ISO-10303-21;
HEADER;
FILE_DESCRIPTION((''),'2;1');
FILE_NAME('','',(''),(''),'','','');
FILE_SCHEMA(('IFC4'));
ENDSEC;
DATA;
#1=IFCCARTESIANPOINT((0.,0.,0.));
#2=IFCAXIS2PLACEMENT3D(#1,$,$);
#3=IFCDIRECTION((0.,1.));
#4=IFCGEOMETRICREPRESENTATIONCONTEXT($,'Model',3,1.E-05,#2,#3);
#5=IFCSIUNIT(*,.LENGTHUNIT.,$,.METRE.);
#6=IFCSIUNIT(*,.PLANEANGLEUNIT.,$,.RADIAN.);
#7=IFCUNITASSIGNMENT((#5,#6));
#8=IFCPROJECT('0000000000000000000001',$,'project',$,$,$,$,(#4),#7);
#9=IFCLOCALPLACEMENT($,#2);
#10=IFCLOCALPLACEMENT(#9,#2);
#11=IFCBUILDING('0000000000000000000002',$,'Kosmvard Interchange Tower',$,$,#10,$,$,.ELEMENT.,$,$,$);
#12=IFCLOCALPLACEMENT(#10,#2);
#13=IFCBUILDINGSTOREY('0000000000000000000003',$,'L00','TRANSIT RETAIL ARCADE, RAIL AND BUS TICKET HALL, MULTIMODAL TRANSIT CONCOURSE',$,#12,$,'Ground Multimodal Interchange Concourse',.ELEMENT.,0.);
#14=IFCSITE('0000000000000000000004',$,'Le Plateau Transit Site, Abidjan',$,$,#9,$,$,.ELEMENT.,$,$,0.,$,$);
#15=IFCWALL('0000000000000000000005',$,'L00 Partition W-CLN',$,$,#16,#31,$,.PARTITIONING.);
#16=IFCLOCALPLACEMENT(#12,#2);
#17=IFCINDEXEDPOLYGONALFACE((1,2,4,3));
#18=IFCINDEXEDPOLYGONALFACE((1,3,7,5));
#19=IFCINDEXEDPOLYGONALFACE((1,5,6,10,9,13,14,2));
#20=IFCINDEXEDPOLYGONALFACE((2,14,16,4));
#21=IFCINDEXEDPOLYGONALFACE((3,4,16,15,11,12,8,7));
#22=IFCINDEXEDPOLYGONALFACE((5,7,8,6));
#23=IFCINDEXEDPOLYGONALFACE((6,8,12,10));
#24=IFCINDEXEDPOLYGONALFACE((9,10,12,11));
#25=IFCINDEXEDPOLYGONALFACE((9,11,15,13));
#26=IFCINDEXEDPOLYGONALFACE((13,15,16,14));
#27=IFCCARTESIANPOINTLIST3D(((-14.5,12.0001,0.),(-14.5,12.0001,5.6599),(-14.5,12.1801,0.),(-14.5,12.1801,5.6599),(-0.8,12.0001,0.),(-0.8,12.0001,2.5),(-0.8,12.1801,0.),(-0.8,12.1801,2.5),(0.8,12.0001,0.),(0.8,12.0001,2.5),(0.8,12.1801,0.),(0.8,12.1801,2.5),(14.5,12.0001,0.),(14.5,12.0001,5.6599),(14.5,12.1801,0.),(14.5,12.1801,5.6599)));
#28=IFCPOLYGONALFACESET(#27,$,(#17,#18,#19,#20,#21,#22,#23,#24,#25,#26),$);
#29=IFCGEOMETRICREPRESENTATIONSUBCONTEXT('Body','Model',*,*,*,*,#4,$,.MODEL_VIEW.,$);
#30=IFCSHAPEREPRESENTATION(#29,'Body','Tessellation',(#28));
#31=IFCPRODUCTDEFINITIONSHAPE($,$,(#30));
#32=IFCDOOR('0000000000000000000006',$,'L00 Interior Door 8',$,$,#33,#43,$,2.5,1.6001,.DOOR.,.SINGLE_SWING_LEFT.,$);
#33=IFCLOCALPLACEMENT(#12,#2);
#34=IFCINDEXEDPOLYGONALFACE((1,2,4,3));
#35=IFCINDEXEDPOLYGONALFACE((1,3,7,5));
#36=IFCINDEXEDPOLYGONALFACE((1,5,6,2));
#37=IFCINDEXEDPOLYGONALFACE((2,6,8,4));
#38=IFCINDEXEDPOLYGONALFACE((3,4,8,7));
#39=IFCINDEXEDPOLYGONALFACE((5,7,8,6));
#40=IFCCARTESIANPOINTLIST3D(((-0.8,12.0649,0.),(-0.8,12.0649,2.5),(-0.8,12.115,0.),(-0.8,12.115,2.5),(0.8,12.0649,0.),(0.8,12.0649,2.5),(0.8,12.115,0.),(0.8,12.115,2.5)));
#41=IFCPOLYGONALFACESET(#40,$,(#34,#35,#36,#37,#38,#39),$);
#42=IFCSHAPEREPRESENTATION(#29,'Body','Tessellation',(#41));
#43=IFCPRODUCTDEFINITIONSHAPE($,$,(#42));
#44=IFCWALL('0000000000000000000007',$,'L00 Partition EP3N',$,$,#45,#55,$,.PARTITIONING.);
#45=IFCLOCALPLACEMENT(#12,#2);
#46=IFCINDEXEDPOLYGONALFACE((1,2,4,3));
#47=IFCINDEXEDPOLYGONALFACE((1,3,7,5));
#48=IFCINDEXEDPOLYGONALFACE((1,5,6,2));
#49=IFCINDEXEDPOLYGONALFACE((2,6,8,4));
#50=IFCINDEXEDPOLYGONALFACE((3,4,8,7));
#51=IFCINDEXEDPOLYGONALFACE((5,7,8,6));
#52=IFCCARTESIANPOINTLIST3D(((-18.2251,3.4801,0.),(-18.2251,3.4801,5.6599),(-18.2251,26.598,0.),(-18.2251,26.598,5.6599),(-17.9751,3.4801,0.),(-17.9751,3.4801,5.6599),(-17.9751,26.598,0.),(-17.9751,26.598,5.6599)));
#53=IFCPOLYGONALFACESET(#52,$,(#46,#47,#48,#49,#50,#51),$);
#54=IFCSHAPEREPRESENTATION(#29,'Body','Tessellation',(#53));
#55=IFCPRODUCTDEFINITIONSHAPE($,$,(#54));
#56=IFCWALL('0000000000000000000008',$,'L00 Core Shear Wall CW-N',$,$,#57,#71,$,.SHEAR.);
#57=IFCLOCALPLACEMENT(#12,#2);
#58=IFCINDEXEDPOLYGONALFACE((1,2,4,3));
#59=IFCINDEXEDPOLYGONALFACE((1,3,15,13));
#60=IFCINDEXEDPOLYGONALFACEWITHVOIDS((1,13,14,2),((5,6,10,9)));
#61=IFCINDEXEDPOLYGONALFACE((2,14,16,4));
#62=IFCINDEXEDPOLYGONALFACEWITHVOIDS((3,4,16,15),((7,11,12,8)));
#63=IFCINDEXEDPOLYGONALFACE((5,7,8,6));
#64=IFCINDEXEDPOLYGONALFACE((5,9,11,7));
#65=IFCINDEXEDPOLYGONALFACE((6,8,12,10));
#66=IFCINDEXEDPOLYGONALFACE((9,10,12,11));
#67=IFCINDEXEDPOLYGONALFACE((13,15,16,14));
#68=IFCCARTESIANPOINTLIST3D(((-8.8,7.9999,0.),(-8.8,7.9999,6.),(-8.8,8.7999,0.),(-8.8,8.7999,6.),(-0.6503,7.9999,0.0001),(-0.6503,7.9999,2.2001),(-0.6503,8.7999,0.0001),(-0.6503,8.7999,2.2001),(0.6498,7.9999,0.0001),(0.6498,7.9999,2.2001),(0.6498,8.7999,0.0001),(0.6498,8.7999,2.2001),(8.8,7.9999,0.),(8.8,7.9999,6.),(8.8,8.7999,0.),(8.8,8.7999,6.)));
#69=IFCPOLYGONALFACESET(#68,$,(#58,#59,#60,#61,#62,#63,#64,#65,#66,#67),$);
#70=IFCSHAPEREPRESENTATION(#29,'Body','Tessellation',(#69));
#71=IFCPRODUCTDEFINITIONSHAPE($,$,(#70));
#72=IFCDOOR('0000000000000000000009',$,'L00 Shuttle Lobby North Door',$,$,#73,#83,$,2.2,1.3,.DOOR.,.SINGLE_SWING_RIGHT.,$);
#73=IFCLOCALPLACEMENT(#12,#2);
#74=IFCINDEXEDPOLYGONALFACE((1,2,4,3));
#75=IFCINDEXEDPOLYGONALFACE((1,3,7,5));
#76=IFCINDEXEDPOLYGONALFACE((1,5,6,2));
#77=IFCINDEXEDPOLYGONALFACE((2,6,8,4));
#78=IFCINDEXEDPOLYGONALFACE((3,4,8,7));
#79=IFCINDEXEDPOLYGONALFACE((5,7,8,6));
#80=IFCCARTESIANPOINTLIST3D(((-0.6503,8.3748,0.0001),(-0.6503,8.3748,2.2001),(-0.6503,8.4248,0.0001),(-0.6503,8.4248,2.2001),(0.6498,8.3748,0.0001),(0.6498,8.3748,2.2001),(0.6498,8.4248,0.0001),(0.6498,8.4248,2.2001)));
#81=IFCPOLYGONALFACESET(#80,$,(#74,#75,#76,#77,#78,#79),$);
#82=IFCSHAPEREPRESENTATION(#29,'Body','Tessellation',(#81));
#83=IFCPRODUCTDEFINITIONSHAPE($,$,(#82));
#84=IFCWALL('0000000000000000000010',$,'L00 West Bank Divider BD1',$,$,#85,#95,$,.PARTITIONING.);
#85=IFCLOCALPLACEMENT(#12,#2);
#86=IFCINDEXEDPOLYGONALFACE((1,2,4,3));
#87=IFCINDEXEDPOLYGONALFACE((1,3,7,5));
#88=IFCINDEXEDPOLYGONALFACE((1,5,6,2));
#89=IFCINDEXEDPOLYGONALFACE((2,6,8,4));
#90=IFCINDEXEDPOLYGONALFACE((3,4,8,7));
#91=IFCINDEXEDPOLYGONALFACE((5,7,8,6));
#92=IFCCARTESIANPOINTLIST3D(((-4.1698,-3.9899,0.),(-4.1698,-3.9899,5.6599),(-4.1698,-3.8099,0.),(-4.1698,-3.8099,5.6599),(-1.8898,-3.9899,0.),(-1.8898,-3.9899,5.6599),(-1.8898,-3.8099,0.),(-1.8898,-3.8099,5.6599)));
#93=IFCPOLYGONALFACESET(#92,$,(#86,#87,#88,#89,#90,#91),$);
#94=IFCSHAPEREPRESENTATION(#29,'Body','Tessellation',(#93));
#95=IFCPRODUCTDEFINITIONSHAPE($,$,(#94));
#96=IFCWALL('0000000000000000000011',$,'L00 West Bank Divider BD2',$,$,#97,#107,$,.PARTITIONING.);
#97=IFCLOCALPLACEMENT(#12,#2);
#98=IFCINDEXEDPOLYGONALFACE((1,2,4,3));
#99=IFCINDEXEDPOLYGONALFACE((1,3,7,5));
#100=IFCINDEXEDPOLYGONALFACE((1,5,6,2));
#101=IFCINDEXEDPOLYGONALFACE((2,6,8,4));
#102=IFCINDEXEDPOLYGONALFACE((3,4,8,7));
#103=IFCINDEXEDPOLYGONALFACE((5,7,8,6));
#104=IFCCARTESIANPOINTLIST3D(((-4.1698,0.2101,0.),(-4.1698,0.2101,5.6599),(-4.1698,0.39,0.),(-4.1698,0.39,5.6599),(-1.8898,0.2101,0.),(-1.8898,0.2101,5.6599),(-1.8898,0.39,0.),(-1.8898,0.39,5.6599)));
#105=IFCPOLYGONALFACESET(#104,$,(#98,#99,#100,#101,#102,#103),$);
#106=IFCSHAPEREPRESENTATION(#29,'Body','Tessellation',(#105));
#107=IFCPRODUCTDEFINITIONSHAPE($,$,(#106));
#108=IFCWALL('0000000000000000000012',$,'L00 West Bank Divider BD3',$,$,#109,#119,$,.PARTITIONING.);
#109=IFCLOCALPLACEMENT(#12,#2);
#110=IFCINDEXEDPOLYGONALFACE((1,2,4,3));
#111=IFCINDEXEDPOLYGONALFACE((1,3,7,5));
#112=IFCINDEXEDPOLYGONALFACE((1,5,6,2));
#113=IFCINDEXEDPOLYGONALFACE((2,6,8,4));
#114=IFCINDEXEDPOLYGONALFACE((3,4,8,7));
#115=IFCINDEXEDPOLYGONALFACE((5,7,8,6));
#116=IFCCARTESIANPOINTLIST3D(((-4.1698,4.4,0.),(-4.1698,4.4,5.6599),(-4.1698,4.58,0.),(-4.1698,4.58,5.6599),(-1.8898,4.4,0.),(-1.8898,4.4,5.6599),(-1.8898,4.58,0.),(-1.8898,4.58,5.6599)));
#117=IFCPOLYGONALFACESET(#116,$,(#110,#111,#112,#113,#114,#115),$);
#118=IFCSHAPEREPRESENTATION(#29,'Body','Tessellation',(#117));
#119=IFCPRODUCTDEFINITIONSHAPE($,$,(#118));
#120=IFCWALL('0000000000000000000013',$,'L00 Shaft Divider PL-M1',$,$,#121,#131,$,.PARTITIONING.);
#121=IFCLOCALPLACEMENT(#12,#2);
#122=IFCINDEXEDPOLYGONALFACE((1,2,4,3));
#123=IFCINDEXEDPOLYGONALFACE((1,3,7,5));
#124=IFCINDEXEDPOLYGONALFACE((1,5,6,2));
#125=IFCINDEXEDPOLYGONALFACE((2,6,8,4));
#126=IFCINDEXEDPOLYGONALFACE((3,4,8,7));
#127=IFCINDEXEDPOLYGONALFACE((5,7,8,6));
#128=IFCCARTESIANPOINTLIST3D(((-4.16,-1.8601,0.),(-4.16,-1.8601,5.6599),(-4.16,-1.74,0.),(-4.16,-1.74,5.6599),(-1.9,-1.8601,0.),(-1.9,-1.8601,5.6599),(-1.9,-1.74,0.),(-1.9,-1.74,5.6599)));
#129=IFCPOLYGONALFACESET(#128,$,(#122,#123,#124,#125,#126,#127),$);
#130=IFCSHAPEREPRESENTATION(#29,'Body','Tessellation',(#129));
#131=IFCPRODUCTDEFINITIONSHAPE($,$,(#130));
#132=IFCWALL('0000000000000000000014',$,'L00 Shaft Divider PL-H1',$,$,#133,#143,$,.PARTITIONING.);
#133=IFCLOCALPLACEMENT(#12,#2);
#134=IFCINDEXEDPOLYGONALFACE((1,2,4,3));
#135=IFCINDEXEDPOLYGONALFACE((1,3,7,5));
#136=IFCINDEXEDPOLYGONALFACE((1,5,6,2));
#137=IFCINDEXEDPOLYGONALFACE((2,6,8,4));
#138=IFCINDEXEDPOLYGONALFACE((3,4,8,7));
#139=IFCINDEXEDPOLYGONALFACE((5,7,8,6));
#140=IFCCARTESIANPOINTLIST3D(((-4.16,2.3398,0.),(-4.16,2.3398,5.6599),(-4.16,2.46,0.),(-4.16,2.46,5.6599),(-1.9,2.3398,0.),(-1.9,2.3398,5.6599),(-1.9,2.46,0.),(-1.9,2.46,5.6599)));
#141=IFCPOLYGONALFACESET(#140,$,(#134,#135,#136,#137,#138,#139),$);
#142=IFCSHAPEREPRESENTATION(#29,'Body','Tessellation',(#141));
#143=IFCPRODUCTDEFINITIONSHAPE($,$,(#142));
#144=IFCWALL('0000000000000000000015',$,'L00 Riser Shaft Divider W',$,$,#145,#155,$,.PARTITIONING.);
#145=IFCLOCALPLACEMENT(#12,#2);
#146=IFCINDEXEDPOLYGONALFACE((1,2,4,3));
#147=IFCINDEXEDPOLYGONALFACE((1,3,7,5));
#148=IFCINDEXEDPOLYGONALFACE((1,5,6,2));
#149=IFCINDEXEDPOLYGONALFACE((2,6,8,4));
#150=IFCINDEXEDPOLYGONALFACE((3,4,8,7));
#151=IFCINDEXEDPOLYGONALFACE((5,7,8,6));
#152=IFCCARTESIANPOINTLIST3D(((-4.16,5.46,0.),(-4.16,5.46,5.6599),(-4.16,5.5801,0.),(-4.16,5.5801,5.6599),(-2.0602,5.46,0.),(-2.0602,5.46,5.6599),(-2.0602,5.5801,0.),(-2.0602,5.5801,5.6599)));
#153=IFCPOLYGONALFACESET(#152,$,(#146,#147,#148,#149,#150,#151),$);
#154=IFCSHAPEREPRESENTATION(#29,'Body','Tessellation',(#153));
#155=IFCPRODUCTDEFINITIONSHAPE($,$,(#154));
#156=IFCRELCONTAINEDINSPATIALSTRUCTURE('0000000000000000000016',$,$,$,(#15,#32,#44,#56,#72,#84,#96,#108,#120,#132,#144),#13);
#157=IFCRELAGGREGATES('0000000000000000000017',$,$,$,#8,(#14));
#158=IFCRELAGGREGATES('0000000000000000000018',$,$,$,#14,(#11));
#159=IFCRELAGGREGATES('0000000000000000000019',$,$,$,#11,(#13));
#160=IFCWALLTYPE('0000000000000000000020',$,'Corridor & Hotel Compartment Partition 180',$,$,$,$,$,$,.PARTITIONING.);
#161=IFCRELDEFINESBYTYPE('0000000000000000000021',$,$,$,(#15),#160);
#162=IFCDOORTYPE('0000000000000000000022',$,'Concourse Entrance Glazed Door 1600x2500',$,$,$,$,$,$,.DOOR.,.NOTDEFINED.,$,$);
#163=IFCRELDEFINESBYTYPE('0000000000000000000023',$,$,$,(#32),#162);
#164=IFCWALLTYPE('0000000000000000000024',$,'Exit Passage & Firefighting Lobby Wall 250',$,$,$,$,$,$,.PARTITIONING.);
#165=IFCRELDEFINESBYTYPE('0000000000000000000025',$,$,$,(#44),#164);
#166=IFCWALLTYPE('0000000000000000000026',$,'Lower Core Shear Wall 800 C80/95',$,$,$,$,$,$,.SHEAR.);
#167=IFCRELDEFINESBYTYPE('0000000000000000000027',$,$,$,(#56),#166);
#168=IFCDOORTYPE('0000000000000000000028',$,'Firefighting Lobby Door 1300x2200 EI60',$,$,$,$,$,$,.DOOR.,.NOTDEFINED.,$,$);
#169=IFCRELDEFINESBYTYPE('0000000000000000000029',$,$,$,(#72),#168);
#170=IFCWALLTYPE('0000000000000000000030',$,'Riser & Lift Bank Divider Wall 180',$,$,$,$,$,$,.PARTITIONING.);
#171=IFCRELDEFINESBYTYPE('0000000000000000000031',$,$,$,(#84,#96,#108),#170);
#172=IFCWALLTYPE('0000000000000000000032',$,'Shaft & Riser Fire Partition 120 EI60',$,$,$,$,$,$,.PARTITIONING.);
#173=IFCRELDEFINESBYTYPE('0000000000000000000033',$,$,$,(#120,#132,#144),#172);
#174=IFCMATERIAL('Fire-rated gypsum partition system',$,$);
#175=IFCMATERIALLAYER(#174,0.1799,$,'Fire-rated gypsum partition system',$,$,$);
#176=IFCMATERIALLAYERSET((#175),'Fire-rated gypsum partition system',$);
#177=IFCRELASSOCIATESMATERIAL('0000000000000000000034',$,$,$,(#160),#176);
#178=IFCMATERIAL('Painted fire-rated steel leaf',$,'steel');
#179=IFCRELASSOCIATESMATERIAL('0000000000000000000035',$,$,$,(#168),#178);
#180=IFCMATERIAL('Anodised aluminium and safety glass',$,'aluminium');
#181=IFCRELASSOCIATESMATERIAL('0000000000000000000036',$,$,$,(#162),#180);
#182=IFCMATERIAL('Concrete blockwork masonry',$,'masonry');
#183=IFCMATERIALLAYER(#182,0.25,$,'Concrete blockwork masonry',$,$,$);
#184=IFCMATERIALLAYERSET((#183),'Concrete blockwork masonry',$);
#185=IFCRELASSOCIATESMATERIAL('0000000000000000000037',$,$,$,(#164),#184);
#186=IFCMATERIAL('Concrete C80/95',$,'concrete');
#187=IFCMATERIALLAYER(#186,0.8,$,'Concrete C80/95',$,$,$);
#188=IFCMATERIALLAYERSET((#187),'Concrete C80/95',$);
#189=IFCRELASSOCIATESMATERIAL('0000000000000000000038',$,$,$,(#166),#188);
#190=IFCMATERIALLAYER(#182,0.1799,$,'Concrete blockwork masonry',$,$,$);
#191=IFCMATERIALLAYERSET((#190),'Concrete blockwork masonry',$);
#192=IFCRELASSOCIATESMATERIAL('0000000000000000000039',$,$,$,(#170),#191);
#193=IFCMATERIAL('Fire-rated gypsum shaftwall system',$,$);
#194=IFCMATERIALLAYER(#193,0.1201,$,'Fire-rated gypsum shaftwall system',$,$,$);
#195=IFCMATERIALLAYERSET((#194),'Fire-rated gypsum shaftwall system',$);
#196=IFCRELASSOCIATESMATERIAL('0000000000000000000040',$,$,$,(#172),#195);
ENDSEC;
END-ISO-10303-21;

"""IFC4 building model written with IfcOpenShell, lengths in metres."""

from ifc_helpers import new_model, si_unit, direction, frame, frame_2d, origin, place, context, subcontext, project, spatial, rectangle, extrude, source, transform, mapped, material, layer, layer_set, type_object, element, fill, save


model = new_model("IFC4")

# Units and contexts
model_context = context("Model", 3, precision=1e-05, world=origin(), true_north=direction((0.0, 1.0)))
body_context = subcontext(model_context, "Body", "Model", "MODEL_VIEW")
ifc_project = project(units=[si_unit("LENGTHUNIT", "METRE"), si_unit("PLANEANGLEUNIT", "RADIAN")], contexts=[model_context])

# Site, building, storey
site_placement = place(None, origin())
site = spatial("IfcSite", under=ifc_project, at=site_placement, Name="Le Plateau Transit Site, Abidjan", CompositionType="ELEMENT", RefElevation=0.0)
building_placement = place(site_placement, origin())
building = spatial("IfcBuilding", under=site, at=building_placement, Name="Kosmvard Interchange Tower", CompositionType="ELEMENT")
storey_placement = place(building_placement, origin())
storey = spatial("IfcBuildingStorey", under=building, at=storey_placement, Name="L00", Description="TRANSIT RETAIL ARCADE, RAIL AND BUS TICKET HALL, MULTIMODAL TRANSIT CONCOURSE", LongName="Ground Multimodal Interchange Concourse", CompositionType="ELEMENT", Elevation=0.0)

# Shared definitions
ifc_material_1 = material(Name="Concrete C80/95", Category="concrete")

# Wall, opening, door
ifc_material_2 = material(Name="Fire-rated gypsum partition system")
ifc_layer_1 = layer(ifc_material_2, 0.1799, Name="Fire-rated gypsum partition system")
ifc_layer_set_1 = layer_set([ifc_layer_1], Name="Fire-rated gypsum partition system")
wall_type_1 = type_object("IfcWallType", Name="Corridor & Hotel Compartment Partition 180", PredefinedType="PARTITIONING", material=ifc_layer_set_1)
ifc_material_3 = material(Name="Painted fire-rated steel leaf", Category="steel")
door_type_1 = type_object("IfcDoorType", Name="Firefighting Lobby Door 1300x2200 EI60", OperationType="NOTDEFINED", PredefinedType="DOOR", material=ifc_material_3)
shared_shape_1 = source(origin(), body_context, "Body", "SweptSolid", [
    extrude(rectangle(XDim=1.3, YDim=2.2, at=frame_2d((0.6499, 1.1001))), frame((0.0, 0.0249, 0.0), z_axis=(0.0, -1.0, 0.0), x_axis=(1.0, 0.0, 0.0)), (0.0, 0.0, 1.0), 0.05),
])
wall_1_placement = place(storey_placement, frame((-14.5, 12.0901, 0.0), z_axis=(0.0, 0.0, 1.0), x_axis=(1.0, 0.0, 0.0)))
wall_1 = element("IfcWall", 1, at=wall_1_placement, inside=storey, type_object=wall_type_1, Name="L00 Partition W-CLN", PredefinedType="PARTITIONING", context=body_context, shape_type="SweptSolid", body=[
    extrude(rectangle(XDim=29.0, YDim=0.1799, at=frame_2d((14.5, 0.0))), origin(), (0.0, 0.0, 1.0), 5.6599),
])
opening_1_placement = place(wall_1_placement, frame((13.7, 0.0, 0.0)))
opening_1 = element("IfcOpeningElement", 2, at=opening_1_placement, cuts=wall_1, PredefinedType="OPENING", context=body_context, shape_type="SweptSolid", body=[
    extrude(rectangle(XDim=1.6001, YDim=2.5, at=frame_2d((0.8, 1.25))), frame((0.0, 0.1001, 0.0), z_axis=(0.0, -1.0, 0.0), x_axis=(1.0, 0.0, 0.0)), (0.0, 0.0, 1.0), 0.2),
])
ifc_material_4 = material(Name="Anodised aluminium and safety glass", Category="aluminium")
door_type_2 = type_object("IfcDoorType", Name="Concourse Entrance Glazed Door 1600x2500", OperationType="NOTDEFINED", PredefinedType="DOOR", material=ifc_material_4)
shared_shape_2 = source(origin(), body_context, "Body", "SweptSolid", [
    extrude(rectangle(XDim=1.6001, YDim=2.5, at=frame_2d((0.8, 1.25))), frame((0.0, 0.0249, 0.0), z_axis=(0.0, -1.0, 0.0), x_axis=(1.0, 0.0, 0.0)), (0.0, 0.0, 1.0), 0.05),
])
door_1_placement = place(opening_1_placement, origin())
door_1 = element("IfcDoor", 3, at=door_1_placement, inside=storey, type_object=door_type_2, Name="L00 Interior Door 8", OperationType="SINGLE_SWING_LEFT", OverallHeight=2.5, OverallWidth=1.6001, PredefinedType="DOOR", context=body_context, shape_type="MappedRepresentation", body=[
    mapped(shared_shape_2, transform((0.0, 0.0, 0.0), scale=1.0)),
])
fill(opening_1, door_1)

# Wall
ifc_material_5 = material(Name="Concrete blockwork masonry", Category="masonry")
ifc_layer_2 = layer(ifc_material_5, 0.25, Name="Concrete blockwork masonry")
ifc_layer_set_2 = layer_set([ifc_layer_2], Name="Concrete blockwork masonry")
wall_type_2 = type_object("IfcWallType", Name="Exit Passage & Firefighting Lobby Wall 250", PredefinedType="PARTITIONING", material=ifc_layer_set_2)
wall_2_placement = place(storey_placement, frame((-18.1001, 3.48, 0.0), z_axis=(0.0, 0.0, 1.0), x_axis=(0.0, 1.0, 0.0)))
element("IfcWall", 4, at=wall_2_placement, inside=storey, type_object=wall_type_2, Name="L00 Partition EP3N", PredefinedType="PARTITIONING", context=body_context, shape_type="SweptSolid", body=[
    extrude(rectangle(XDim=23.1179, YDim=0.25, at=frame_2d((11.5591, 0.0))), origin(), (0.0, 0.0, 1.0), 5.6599),
])

# Wall, opening, door
ifc_layer_3 = layer(ifc_material_1, 0.8, Name="Concrete C80/95")
ifc_layer_set_3 = layer_set([ifc_layer_3], Name="Concrete C80/95")
wall_type_3 = type_object("IfcWallType", Name="Lower Core Shear Wall 800 C80/95", PredefinedType="SHEAR", material=ifc_layer_set_3)
wall_3_placement = place(storey_placement, frame((-8.8, 8.3999, 0.0), z_axis=(0.0, 0.0, 1.0), x_axis=(1.0, 0.0, 0.0)))
wall_3 = element("IfcWall", 5, at=wall_3_placement, inside=storey, type_object=wall_type_3, Name="L00 Core Shear Wall CW-N", PredefinedType="SHEAR", context=body_context, shape_type="SweptSolid", body=[
    extrude(rectangle(XDim=17.6001, YDim=0.8, at=frame_2d((8.8, 0.0))), origin(), (0.0, 0.0, 1.0), 6.0),
])
opening_2_placement = place(wall_3_placement, frame((8.1499, 0.0, 0.0)))
opening_2 = element("IfcOpeningElement", 6, at=opening_2_placement, cuts=wall_3, PredefinedType="OPENING", context=body_context, shape_type="SweptSolid", body=[
    extrude(rectangle(XDim=1.3, YDim=2.2, at=frame_2d((0.6499, 1.1001))), frame((0.0, 0.4102, 0.0), z_axis=(0.0, -1.0, 0.0), x_axis=(1.0, 0.0, 0.0)), (0.0, 0.0, 1.0), 0.8201),
])
door_2_placement = place(opening_2_placement, origin())
door_2 = element("IfcDoor", 7, at=door_2_placement, inside=storey, type_object=door_type_1, Name="L00 Shuttle Lobby North Door", OperationType="SINGLE_SWING_RIGHT", OverallHeight=2.2, OverallWidth=1.3, PredefinedType="DOOR", context=body_context, shape_type="MappedRepresentation", body=[
    mapped(shared_shape_1, transform((0.0, 0.0, 0.0), scale=1.0)),
])
fill(opening_2, door_2)

# Walls
ifc_layer_4 = layer(ifc_material_5, 0.1799, Name="Concrete blockwork masonry")
ifc_layer_set_4 = layer_set([ifc_layer_4], Name="Concrete blockwork masonry")
wall_type_4 = type_object("IfcWallType", Name="Riser & Lift Bank Divider Wall 180", PredefinedType="PARTITIONING", material=ifc_layer_set_4)
for number, where, z_axis, x_axis, name in (
    (8, (-4.1699, -3.8999, 0.0), (0.0, 0.0, 1.0), (1.0, 0.0, 0.0), "L00 West Bank Divider BD1"),
    (9, (-4.1699, 0.3, 0.0), (0.0, 0.0, 1.0), (1.0, 0.0, 0.0), "L00 West Bank Divider BD2"),
    (10, (-4.1699, 4.49, 0.0), (0.0, 0.0, 1.0), (1.0, 0.0, 0.0), "L00 West Bank Divider BD3"),
):
    element("IfcWall", number, at=place(storey_placement, frame(where, z_axis=z_axis, x_axis=x_axis)), inside=storey, type_object=wall_type_4, Name=name, PredefinedType="PARTITIONING", context=body_context, shape_type="SweptSolid", body=[
        extrude(rectangle(XDim=2.28, YDim=0.1799, at=frame_2d((1.1401, 0.0))), origin(), (0.0, 0.0, 1.0), 5.6599),
    ])
ifc_material_6 = material(Name="Fire-rated gypsum shaftwall system")
ifc_layer_5 = layer(ifc_material_6, 0.1201, Name="Fire-rated gypsum shaftwall system")
ifc_layer_set_5 = layer_set([ifc_layer_5], Name="Fire-rated gypsum shaftwall system")
wall_type_5 = type_object("IfcWallType", Name="Shaft & Riser Fire Partition 120 EI60", PredefinedType="PARTITIONING", material=ifc_layer_set_5)
for number, where, z_axis, x_axis, name in (
    (11, (-4.1599, -1.8, 0.0), (0.0, 0.0, 1.0), (1.0, 0.0, 0.0), "L00 Shaft Divider PL-M1"),
    (12, (-4.1599, 2.3999, 0.0), (0.0, 0.0, 1.0), (1.0, 0.0, 0.0), "L00 Shaft Divider PL-H1"),
):
    element("IfcWall", number, at=place(storey_placement, frame(where, z_axis=z_axis, x_axis=x_axis)), inside=storey, type_object=wall_type_5, Name=name, PredefinedType="PARTITIONING", context=body_context, shape_type="SweptSolid", body=[
        extrude(rectangle(XDim=2.26, YDim=0.1201, at=frame_2d((1.1299, 0.0))), origin(), (0.0, 0.0, 1.0), 5.6599),
    ])
wall_4_placement = place(storey_placement, frame((-4.1599, 5.52, 0.0), z_axis=(0.0, 0.0, 1.0), x_axis=(1.0, 0.0, 0.0)))
element("IfcWall", 13, at=wall_4_placement, inside=storey, type_object=wall_type_5, Name="L00 Riser Shaft Divider W", PredefinedType="PARTITIONING", context=body_context, shape_type="SweptSolid", body=[
    extrude(rectangle(XDim=2.0999, YDim=0.1201, at=frame_2d((1.0498, 0.0))), origin(), (0.0, 0.0, 1.0), 5.6599),
])

save(model, "model.ifc")
